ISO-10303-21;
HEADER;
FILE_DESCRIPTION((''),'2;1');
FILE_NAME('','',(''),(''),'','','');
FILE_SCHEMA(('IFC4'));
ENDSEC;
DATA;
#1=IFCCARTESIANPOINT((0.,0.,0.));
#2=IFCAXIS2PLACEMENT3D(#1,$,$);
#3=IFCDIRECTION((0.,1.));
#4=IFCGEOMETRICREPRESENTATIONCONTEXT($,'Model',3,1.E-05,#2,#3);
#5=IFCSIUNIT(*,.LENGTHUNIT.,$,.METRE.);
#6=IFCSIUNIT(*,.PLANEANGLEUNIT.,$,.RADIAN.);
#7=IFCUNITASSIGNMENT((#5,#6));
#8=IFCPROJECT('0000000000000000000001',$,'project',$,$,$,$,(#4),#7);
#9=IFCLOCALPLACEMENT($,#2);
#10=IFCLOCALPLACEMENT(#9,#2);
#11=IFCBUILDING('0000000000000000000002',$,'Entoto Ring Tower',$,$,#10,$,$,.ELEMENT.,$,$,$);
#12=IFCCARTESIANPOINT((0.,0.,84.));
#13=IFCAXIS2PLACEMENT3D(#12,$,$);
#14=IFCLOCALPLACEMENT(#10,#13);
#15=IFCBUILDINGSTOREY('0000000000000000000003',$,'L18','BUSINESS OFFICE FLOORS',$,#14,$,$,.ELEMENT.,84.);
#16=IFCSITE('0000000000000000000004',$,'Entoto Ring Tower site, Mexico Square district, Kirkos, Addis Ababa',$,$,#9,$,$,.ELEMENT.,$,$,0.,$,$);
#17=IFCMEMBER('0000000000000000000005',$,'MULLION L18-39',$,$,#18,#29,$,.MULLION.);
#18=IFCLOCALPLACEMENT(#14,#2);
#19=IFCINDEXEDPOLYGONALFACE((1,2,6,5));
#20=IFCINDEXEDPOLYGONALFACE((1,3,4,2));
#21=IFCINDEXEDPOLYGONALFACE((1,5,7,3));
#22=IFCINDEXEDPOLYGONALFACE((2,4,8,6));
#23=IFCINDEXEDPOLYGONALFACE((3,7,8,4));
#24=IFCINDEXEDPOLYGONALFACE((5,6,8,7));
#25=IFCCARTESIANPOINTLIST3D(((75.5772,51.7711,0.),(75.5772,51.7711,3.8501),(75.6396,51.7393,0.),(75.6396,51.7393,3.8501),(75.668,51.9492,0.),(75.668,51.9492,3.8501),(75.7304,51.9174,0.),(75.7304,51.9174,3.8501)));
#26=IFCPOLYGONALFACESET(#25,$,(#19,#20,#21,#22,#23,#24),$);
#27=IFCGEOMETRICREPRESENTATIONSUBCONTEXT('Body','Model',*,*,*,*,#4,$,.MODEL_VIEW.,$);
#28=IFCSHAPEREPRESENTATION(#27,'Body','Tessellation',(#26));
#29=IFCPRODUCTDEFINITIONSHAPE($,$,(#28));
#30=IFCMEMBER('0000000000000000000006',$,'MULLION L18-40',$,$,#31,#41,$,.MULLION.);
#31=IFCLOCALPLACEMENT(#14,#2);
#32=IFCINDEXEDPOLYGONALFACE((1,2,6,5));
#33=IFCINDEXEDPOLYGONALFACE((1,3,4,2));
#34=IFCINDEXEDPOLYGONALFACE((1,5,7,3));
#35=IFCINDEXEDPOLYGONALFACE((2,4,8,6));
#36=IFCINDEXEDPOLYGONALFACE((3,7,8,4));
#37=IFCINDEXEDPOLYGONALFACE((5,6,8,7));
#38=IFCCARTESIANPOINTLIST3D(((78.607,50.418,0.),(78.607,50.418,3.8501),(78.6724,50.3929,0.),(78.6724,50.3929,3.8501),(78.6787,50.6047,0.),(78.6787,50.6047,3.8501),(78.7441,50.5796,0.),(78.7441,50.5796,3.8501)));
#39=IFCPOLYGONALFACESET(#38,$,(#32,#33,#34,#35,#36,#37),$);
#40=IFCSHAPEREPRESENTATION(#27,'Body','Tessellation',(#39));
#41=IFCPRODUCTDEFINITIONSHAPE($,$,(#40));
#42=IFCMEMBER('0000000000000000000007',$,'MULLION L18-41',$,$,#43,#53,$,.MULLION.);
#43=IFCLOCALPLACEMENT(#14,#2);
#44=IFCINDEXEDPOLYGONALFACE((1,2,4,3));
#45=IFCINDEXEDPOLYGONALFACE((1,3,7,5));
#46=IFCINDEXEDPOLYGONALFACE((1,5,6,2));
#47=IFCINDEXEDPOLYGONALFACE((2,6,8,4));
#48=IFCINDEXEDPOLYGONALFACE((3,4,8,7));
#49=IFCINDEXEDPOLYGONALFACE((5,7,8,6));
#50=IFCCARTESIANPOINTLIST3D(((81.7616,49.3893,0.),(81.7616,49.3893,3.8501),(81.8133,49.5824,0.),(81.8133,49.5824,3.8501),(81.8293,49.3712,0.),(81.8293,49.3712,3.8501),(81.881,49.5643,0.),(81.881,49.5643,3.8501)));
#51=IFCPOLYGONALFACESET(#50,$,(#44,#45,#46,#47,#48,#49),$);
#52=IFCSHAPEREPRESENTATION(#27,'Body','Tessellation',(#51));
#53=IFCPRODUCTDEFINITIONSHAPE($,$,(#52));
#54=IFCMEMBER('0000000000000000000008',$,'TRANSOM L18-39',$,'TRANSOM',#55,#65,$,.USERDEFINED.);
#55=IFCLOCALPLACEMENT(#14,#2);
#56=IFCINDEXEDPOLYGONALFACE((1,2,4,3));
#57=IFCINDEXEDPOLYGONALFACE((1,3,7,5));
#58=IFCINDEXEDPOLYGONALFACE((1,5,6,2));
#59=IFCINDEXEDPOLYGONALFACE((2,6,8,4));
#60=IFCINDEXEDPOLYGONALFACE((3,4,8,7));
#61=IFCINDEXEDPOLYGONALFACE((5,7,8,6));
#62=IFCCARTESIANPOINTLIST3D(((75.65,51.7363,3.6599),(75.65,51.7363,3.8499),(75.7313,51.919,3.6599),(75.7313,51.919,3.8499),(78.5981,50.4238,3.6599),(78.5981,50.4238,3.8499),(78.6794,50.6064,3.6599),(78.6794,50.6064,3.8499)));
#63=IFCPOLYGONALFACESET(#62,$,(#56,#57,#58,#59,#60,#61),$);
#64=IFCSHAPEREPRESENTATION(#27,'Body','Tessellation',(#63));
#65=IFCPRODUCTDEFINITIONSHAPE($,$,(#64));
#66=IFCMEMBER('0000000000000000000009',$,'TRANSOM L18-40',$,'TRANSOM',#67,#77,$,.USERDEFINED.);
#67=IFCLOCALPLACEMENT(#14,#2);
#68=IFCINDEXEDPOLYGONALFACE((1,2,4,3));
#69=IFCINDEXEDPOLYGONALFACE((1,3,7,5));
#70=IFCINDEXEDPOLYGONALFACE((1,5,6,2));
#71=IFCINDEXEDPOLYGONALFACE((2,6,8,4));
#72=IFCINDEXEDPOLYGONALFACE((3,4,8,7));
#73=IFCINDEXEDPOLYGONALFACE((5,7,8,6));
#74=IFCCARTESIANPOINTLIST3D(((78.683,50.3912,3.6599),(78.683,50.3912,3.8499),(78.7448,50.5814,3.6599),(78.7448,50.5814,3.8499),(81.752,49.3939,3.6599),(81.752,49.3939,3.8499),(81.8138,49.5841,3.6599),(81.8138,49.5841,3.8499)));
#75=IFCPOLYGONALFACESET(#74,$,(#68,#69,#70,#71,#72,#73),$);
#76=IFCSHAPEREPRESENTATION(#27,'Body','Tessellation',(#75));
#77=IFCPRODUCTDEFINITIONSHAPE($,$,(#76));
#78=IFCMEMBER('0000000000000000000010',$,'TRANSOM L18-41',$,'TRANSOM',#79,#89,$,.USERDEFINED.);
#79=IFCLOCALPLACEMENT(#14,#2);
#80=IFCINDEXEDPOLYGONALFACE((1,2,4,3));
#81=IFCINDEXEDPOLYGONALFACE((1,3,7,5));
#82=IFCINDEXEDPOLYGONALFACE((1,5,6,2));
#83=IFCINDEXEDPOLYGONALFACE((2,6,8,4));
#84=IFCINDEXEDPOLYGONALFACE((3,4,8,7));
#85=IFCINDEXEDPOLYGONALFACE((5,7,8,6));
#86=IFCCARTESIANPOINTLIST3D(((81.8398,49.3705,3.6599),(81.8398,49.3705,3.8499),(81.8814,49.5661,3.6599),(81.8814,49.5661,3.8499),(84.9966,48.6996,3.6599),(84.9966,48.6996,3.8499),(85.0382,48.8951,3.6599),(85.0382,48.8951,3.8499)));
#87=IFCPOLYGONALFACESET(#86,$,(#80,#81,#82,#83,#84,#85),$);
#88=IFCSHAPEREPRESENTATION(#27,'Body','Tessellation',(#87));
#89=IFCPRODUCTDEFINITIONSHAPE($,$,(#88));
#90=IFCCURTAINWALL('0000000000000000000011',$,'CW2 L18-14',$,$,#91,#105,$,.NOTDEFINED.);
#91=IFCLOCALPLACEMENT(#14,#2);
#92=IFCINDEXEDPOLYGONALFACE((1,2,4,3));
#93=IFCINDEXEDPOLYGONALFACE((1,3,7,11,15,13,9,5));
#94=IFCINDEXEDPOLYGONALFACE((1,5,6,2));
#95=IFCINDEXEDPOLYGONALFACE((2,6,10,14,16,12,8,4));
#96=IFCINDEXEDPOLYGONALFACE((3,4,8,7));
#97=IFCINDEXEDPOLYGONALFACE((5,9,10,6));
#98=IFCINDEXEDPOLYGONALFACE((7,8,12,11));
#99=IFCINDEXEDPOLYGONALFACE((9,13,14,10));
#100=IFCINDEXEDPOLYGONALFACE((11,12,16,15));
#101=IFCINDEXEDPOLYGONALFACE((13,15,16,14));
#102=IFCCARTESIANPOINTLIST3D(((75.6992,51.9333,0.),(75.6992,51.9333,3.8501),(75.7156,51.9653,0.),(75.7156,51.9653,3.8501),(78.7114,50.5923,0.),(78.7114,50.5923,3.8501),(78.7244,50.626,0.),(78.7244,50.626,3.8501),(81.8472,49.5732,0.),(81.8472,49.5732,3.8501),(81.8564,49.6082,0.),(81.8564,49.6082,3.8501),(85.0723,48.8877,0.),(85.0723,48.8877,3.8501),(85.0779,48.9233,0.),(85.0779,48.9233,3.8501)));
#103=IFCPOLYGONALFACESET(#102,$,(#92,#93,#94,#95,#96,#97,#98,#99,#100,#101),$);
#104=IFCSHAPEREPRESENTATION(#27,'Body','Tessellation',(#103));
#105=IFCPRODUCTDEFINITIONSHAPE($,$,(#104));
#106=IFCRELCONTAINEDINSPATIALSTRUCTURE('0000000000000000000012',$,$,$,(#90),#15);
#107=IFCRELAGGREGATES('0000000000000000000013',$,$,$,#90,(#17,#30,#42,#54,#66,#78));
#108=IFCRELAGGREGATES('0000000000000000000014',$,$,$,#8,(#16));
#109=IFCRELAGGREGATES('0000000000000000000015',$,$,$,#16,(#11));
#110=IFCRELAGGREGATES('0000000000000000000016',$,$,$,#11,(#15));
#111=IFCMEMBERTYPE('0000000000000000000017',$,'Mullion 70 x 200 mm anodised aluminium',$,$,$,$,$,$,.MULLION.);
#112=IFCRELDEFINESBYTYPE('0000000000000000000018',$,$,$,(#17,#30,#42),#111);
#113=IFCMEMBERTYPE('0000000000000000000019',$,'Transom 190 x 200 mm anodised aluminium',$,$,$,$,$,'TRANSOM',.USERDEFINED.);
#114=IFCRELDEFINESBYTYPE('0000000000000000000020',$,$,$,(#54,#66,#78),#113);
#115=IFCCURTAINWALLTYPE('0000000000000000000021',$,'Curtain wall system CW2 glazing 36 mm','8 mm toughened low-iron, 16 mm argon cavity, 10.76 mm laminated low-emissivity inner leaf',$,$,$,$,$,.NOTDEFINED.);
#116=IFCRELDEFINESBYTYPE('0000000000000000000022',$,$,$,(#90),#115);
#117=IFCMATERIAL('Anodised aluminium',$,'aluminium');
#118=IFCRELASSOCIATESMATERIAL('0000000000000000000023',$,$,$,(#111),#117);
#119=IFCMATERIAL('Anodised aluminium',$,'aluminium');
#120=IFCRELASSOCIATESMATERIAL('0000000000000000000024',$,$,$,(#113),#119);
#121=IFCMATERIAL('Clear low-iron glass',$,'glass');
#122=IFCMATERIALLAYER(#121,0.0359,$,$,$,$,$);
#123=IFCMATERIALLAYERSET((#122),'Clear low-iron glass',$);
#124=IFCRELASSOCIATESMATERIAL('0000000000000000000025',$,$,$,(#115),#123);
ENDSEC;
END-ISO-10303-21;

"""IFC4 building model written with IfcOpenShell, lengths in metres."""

from ifc_helpers import new_model, si_unit, direction, frame, origin, origin_2d, place, context, subcontext, project, spatial, polyline, rectangle, outline, extrude, material, layer, layer_set, material_profile, profile_set, type_object, element, aggregate, save


model = new_model("IFC4")

# Units and contexts
model_context = context("Model", 3, precision=1e-05, world=origin(), true_north=direction((0.0, 1.0)))
body_context = subcontext(model_context, "Body", "Model", "MODEL_VIEW")
ifc_project = project(units=[si_unit("LENGTHUNIT", "METRE"), si_unit("PLANEANGLEUNIT", "RADIAN")], contexts=[model_context])

# Members
ifc_material_1 = material(Name="Anodised aluminium", Category="aluminium")
ifc_material_profile_1 = material_profile(ifc_material_1, rectangle(XDim=0.0701, YDim=0.2, at=origin_2d()), Name="Mullion 70 x 200 mm anodised aluminium")
ifc_profile_set_1 = profile_set([ifc_material_profile_1], Name="Anodised aluminium")
member_type_1 = type_object("IfcMemberType", Name="Mullion 70 x 200 mm anodised aluminium", PredefinedType="MULLION", material=ifc_profile_set_1)
site_placement = place(None, origin())
building_placement = place(site_placement, origin())
storey_placement = place(building_placement, frame((0.0, 0.0, 84.0)))
member_1_placement = place(storey_placement, frame((75.6538, 51.8442, 0.0), z_axis=(0.0, 0.0, 1.0), x_axis=(0.891007, -0.45399, 0.0)))
member_1 = element("IfcMember", 1, at=member_1_placement, type_object=member_type_1, Name="MULLION L18-39", PredefinedType="MULLION", context=body_context, shape_type="SweptSolid", body=[
    extrude(rectangle(XDim=0.0701, YDim=0.2, at=origin_2d()), origin(), (0.0, 0.0, 1.0), 3.8501),
])
member_2_placement = place(storey_placement, frame((78.6755, 50.4988, 0.0), z_axis=(0.0, 0.0, 1.0), x_axis=(0.93358, -0.358368, 0.0)))
member_2 = element("IfcMember", 2, at=member_2_placement, type_object=member_type_1, Name="MULLION L18-40", PredefinedType="MULLION", context=body_context, shape_type="SweptSolid", body=[
    extrude(rectangle(XDim=0.0701, YDim=0.2, at=origin_2d()), origin(), (0.0, 0.0, 1.0), 3.8501),
])
member_3_placement = place(storey_placement, frame((81.8213, 49.4768, 0.0), z_axis=(0.0, 0.0, 1.0), x_axis=(0.965926, -0.258819, 0.0)))
member_3 = element("IfcMember", 3, at=member_3_placement, type_object=member_type_1, Name="MULLION L18-41", PredefinedType="MULLION", context=body_context, shape_type="SweptSolid", body=[
    extrude(rectangle(XDim=0.0701, YDim=0.2, at=origin_2d()), origin(), (0.0, 0.0, 1.0), 3.8501),
])
ifc_material_2 = material(Name="Anodised aluminium", Category="aluminium")
ifc_material_profile_2 = material_profile(ifc_material_2, rectangle(XDim=0.2, YDim=0.1899, at=origin_2d()), Name="Transom 190 x 200 mm anodised aluminium")
ifc_profile_set_2 = profile_set([ifc_material_profile_2], Name="Anodised aluminium")
member_type_2 = type_object("IfcMemberType", Name="Transom 190 x 200 mm anodised aluminium", ElementType="TRANSOM", PredefinedType="USERDEFINED", material=ifc_profile_set_2)
member_4_placement = place(storey_placement, frame((75.6907, 51.8276, 3.7549), z_axis=(0.913549, -0.406728, 0.0), x_axis=(0.406728, 0.913549, 0.0)))
member_4 = element("IfcMember", 4, at=member_4_placement, type_object=member_type_2, Name="TRANSOM L18-39", ObjectType="TRANSOM", PredefinedType="USERDEFINED", context=body_context, shape_type="SweptSolid", body=[
    extrude(rectangle(XDim=0.2, YDim=0.1899, at=origin_2d()), origin(), (0.0, 0.0, 1.0), 3.2271),
])
member_5_placement = place(storey_placement, frame((78.7139, 50.4863, 3.7549), z_axis=(0.951047, -0.309047, 0.0), x_axis=(0.309047, 0.951047, 0.0)))
member_5 = element("IfcMember", 5, at=member_5_placement, type_object=member_type_2, Name="TRANSOM L18-40", ObjectType="TRANSOM", PredefinedType="USERDEFINED", context=body_context, shape_type="SweptSolid", body=[
    extrude(rectangle(XDim=0.2, YDim=0.1899, at=origin_2d()), origin(), (0.0, 0.0, 1.0), 3.2271),
])
member_6_placement = place(storey_placement, frame((81.8606, 49.4683, 3.7549), z_axis=(0.978153, -0.207886, 0.0), x_axis=(0.207886, 0.978153, 0.0)))
member_6 = element("IfcMember", 6, at=member_6_placement, type_object=member_type_2, Name="TRANSOM L18-41", ObjectType="TRANSOM", PredefinedType="USERDEFINED", context=body_context, shape_type="SweptSolid", body=[
    extrude(rectangle(XDim=0.2, YDim=0.1899, at=origin_2d()), origin(), (0.0, 0.0, 1.0), 3.2273),
])

# Site, building, storey
site = spatial("IfcSite", under=ifc_project, at=site_placement, Name="Entoto Ring Tower site, Mexico Square district, Kirkos, Addis Ababa", CompositionType="ELEMENT", RefElevation=0.0)
building = spatial("IfcBuilding", under=site, at=building_placement, Name="Entoto Ring Tower", CompositionType="ELEMENT")
storey = spatial("IfcBuildingStorey", under=building, at=storey_placement, Name="L18", Description="BUSINESS OFFICE FLOORS", CompositionType="ELEMENT", Elevation=84.0)

# Curtain wall
ifc_material_3 = material(Name="Clear low-iron glass", Category="glass")
ifc_layer = layer(ifc_material_3, 0.0359)
ifc_layer_set = layer_set([ifc_layer], Name="Clear low-iron glass")
curtain_wall_type = type_object("IfcCurtainWallType", Name="Curtain wall system CW2 glazing 36 mm", Description="8 mm toughened low-iron, 16 mm argon cavity, 10.76 mm laminated low-emissivity inner leaf", PredefinedType="NOTDEFINED", material=ifc_layer_set)
curtain_wall_1_placement = place(storey_placement, origin())
curtain_wall_1 = element("IfcCurtainWall", 7, at=curtain_wall_1_placement, inside=storey, type_object=curtain_wall_type, Name="CW2 L18-14", PredefinedType="NOTDEFINED", context=body_context, shape_type="SweptSolid", body=[
    extrude(outline(polyline([(75.6992, 51.9333), (78.7114, 50.5923), (81.8472, 49.5732), (85.0723, 48.8877), (85.0779, 48.9233), (81.8564, 49.6082), (78.7244, 50.626), (75.7156, 51.9653), (75.6992, 51.9333)])), origin(), (0.0, 0.0, 1.0), 3.8501),
])
aggregate(curtain_wall_1, [member_1, member_2, member_3, member_4, member_5, member_6])

save(model, "model.ifc")
